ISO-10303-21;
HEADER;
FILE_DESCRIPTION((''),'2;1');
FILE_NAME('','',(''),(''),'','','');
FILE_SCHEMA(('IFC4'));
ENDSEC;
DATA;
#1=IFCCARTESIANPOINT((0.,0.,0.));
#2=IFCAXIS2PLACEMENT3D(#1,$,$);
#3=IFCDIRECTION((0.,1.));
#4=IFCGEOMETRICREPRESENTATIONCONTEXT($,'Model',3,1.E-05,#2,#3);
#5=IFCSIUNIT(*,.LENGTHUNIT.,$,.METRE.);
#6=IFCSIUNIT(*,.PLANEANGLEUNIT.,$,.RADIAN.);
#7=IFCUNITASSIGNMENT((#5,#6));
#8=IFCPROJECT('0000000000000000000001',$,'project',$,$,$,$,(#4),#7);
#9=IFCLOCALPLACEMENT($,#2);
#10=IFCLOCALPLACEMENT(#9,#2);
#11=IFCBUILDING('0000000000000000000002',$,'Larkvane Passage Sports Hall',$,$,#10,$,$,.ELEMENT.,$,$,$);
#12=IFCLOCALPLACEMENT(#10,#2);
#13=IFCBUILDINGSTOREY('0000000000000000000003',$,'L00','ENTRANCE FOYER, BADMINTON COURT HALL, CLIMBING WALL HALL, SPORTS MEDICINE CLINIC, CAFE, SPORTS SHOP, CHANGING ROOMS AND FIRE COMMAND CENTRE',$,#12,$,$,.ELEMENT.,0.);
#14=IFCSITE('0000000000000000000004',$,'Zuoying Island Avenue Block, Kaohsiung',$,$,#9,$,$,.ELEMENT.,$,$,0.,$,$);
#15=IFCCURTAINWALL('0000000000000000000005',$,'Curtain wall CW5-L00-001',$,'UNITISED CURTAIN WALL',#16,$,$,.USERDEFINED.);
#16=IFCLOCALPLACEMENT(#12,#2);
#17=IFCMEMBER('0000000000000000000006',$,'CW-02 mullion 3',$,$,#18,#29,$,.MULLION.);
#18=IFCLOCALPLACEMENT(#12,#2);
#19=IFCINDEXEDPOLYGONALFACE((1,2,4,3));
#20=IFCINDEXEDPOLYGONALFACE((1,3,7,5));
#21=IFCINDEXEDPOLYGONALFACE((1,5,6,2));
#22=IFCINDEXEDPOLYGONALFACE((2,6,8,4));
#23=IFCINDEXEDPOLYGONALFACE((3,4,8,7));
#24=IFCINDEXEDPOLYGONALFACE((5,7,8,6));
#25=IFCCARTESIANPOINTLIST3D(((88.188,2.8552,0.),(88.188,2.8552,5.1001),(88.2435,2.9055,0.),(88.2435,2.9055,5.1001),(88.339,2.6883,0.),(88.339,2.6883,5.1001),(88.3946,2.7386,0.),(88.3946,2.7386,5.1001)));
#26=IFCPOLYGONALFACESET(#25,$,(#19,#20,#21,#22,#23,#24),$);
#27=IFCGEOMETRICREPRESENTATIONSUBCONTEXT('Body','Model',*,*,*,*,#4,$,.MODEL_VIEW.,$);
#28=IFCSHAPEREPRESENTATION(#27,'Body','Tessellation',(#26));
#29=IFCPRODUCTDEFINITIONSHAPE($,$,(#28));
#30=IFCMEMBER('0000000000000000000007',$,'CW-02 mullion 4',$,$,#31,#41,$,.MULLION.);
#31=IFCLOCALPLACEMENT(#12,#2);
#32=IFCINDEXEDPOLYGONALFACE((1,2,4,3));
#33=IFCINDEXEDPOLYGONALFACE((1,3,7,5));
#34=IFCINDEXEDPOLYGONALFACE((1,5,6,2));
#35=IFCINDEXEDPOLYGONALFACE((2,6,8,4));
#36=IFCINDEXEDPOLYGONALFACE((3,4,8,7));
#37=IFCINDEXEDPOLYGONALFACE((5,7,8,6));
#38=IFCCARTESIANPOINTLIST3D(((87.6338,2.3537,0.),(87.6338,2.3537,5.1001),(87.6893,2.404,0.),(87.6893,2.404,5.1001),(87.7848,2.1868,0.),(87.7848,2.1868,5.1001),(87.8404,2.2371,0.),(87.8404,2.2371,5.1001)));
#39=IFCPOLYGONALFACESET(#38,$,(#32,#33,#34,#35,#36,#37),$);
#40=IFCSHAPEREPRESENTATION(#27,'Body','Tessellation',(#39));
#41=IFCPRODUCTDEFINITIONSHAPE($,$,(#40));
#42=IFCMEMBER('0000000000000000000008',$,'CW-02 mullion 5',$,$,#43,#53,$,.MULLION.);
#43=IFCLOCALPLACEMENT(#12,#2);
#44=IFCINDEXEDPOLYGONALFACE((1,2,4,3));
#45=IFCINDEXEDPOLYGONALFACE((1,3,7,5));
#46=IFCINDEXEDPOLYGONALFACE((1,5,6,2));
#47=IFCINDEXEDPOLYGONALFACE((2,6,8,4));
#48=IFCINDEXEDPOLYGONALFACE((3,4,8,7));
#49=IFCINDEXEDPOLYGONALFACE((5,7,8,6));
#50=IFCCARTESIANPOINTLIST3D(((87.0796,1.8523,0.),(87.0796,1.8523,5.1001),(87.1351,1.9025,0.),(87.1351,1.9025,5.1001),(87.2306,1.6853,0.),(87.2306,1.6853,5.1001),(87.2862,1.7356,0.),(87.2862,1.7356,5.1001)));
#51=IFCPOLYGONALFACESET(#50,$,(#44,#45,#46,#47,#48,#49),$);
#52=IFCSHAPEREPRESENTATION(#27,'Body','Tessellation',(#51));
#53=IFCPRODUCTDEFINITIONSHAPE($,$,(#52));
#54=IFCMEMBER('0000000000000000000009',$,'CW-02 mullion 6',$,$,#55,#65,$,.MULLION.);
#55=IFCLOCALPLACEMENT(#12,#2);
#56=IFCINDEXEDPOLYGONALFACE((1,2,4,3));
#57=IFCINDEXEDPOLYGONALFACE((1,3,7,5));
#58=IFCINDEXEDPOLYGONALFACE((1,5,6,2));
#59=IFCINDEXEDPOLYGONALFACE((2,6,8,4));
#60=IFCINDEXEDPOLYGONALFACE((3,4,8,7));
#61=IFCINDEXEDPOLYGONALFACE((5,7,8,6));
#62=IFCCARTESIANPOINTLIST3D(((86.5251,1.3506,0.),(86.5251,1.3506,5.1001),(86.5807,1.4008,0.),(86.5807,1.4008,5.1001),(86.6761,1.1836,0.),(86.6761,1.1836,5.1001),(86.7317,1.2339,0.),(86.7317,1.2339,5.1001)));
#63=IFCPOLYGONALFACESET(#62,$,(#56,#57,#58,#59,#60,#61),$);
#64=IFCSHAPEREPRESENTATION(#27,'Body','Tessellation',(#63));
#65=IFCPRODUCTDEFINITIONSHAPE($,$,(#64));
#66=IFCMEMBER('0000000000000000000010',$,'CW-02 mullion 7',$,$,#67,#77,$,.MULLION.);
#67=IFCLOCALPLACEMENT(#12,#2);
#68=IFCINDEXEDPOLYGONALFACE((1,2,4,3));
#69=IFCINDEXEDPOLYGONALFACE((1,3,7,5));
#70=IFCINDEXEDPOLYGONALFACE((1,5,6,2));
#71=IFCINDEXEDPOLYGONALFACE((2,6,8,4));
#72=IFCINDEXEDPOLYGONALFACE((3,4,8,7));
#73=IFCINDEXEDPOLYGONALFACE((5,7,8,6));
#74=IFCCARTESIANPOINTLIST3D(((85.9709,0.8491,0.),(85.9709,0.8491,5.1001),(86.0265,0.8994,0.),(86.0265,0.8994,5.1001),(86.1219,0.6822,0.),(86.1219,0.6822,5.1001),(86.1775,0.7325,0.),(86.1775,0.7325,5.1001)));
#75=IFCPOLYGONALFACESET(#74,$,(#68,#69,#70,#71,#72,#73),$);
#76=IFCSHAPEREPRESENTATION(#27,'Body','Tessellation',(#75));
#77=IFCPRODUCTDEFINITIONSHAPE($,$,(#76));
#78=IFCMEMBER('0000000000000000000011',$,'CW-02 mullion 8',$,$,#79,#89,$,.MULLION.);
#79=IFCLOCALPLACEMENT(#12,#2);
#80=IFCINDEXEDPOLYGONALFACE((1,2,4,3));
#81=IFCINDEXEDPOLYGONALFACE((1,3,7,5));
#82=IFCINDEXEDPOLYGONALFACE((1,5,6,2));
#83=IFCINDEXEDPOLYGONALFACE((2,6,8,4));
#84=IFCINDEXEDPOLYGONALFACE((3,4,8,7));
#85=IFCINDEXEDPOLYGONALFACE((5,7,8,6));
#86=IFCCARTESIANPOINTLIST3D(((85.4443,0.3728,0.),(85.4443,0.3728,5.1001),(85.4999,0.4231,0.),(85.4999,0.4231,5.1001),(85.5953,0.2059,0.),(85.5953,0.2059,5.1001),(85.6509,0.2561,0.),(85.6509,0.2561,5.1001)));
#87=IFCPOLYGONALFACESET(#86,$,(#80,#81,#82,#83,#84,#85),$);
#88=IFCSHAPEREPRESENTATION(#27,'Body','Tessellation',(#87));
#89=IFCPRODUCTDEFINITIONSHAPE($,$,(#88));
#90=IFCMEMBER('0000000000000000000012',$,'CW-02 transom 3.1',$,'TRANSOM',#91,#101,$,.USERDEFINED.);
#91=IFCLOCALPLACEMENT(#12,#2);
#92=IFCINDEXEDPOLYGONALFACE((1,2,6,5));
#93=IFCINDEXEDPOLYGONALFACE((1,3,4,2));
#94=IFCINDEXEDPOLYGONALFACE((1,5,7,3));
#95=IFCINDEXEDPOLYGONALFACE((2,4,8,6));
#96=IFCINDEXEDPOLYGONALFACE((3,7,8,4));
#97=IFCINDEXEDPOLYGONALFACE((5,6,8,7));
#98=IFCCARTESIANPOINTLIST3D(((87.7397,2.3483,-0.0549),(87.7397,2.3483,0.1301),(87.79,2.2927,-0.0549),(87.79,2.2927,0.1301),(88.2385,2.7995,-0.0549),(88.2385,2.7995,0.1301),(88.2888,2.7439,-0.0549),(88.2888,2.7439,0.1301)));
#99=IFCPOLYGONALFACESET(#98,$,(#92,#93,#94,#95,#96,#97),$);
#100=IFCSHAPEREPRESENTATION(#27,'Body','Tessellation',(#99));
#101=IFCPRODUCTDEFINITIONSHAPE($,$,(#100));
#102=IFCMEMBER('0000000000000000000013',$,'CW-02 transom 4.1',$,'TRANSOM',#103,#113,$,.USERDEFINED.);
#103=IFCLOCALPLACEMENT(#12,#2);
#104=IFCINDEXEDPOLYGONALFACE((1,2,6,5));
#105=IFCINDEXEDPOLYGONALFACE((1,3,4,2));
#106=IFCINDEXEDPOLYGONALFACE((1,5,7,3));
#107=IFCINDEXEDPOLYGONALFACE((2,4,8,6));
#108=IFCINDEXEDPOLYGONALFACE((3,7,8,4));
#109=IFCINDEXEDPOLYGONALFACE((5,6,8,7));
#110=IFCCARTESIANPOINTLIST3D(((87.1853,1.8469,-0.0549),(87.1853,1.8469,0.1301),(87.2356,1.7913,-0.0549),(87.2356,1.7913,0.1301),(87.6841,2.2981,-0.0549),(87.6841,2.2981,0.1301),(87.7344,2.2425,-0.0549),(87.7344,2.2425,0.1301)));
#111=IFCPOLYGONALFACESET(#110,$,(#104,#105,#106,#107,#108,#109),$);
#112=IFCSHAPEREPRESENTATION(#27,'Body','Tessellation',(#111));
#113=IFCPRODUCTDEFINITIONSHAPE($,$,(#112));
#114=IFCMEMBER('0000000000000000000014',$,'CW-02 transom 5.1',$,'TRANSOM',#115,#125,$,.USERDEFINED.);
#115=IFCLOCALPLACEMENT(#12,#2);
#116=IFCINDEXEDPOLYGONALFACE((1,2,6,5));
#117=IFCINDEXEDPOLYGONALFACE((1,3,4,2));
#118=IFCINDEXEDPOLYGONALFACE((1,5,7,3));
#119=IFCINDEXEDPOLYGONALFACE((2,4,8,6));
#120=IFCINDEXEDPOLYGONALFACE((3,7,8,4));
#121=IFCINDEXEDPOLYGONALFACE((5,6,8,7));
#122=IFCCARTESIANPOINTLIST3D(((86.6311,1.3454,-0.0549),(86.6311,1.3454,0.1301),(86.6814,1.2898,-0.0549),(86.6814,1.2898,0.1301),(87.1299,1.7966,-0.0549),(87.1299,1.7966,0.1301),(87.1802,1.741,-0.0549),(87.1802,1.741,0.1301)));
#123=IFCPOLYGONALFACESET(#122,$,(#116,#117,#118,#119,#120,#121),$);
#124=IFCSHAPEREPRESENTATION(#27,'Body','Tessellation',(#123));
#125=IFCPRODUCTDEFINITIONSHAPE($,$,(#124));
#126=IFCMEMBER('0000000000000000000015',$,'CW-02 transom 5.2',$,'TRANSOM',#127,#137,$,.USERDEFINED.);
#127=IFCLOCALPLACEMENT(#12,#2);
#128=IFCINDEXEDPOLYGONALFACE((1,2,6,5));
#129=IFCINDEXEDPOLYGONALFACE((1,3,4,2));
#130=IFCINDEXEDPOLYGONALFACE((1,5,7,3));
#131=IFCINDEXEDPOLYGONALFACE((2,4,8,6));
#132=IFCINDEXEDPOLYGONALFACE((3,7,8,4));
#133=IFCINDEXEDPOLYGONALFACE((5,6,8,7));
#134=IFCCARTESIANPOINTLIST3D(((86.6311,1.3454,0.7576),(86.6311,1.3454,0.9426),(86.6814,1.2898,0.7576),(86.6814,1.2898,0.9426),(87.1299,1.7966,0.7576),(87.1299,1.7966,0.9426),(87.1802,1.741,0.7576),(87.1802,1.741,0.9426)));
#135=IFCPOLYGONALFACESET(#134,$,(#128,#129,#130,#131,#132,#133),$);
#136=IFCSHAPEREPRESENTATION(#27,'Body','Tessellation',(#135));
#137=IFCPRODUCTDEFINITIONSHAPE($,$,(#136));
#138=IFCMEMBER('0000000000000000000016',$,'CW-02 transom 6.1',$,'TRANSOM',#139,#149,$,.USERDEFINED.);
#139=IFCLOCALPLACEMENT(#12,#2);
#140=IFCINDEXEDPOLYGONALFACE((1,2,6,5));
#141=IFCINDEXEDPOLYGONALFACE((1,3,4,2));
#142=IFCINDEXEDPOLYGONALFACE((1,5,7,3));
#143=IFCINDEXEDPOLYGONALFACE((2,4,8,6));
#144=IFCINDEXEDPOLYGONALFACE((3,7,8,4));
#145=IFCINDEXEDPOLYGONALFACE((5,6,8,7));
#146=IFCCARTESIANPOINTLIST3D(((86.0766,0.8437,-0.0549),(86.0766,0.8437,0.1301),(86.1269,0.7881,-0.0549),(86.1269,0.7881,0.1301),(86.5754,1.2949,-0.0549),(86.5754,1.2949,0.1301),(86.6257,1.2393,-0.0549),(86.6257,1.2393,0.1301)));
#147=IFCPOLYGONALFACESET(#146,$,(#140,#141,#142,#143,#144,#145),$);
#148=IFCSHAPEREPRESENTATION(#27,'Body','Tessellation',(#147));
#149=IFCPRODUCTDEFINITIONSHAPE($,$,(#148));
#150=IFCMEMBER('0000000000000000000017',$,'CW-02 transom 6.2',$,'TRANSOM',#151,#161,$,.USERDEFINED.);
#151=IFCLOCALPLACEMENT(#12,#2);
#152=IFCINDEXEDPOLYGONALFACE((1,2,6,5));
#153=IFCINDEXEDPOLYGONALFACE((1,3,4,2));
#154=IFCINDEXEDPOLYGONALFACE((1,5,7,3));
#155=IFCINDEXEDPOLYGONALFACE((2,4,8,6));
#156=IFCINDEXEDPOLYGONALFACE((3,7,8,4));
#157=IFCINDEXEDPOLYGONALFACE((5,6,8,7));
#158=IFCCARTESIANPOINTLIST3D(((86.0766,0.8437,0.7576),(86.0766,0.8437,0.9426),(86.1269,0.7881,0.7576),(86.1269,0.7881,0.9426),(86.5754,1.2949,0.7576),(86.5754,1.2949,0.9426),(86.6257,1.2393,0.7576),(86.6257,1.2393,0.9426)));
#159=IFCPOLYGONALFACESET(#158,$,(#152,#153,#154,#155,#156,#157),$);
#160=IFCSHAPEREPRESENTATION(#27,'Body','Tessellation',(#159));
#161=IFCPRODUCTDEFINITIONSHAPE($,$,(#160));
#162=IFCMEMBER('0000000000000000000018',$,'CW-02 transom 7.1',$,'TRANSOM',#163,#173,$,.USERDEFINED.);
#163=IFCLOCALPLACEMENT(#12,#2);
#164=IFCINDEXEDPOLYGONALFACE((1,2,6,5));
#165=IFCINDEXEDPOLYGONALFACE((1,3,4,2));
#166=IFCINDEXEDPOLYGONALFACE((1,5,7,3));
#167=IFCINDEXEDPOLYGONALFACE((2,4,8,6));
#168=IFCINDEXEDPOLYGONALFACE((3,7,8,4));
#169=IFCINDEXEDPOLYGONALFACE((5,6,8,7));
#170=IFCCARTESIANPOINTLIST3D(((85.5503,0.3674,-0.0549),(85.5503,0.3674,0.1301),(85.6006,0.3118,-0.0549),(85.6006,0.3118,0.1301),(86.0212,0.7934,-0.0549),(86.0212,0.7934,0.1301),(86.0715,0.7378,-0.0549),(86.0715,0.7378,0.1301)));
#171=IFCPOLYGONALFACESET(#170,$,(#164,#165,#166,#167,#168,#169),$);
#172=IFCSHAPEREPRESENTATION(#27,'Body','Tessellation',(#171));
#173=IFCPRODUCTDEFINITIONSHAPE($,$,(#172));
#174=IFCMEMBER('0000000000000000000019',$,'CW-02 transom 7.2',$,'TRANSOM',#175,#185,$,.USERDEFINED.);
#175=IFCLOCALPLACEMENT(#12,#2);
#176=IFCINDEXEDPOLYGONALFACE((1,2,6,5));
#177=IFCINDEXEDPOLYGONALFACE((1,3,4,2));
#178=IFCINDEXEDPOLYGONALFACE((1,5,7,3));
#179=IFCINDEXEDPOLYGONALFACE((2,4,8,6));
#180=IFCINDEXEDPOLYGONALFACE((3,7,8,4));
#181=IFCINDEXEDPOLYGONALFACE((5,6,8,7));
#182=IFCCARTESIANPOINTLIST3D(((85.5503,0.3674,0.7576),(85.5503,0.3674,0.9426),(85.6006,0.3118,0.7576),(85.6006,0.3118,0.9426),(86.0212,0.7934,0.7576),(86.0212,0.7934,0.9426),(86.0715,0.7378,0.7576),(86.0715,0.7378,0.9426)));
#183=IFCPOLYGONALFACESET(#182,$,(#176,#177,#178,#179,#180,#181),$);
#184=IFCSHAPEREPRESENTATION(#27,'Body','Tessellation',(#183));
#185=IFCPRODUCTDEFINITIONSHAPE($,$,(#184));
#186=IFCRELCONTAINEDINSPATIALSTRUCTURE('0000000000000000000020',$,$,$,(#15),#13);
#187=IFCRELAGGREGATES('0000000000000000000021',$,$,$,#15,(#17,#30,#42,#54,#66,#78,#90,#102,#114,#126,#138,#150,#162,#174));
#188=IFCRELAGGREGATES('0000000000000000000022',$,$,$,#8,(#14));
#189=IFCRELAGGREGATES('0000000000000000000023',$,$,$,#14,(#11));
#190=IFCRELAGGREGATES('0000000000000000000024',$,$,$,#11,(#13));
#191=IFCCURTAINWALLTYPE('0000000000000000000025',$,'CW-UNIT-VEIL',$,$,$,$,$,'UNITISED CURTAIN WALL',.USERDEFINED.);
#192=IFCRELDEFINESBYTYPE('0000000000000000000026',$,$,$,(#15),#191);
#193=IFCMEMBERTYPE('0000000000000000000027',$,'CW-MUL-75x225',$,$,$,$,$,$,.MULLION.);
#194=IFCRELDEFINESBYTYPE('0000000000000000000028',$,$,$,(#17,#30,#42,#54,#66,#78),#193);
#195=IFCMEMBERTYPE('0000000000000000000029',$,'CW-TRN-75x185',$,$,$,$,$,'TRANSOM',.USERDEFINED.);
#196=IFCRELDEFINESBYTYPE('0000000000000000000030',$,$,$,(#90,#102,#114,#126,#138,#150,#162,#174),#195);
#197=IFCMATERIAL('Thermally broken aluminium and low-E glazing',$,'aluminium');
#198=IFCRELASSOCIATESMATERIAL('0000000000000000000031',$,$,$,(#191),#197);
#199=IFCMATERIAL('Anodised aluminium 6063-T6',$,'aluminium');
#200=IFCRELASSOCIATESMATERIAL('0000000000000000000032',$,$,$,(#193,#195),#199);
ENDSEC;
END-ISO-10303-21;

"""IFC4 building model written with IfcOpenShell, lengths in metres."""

from ifc_helpers import new_model, si_unit, direction, frame, origin, origin_2d, place, context, subcontext, project, spatial, rectangle, extrude, material, material_profile, profile_set, type_object, element, aggregate, save


model = new_model("IFC4")

# Units and contexts
model_context = context("Model", 3, precision=1e-05, world=origin(), true_north=direction((0.0, 1.0)))
body_context = subcontext(model_context, "Body", "Model", "MODEL_VIEW")
ifc_project = project(units=[si_unit("LENGTHUNIT", "METRE"), si_unit("PLANEANGLEUNIT", "RADIAN")], contexts=[model_context])

# Site, building, storey
site_placement = place(None, origin())
site = spatial("IfcSite", under=ifc_project, at=site_placement, Name="Zuoying Island Avenue Block, Kaohsiung", CompositionType="ELEMENT", RefElevation=0.0)
building_placement = place(site_placement, origin())
building = spatial("IfcBuilding", under=site, at=building_placement, Name="Larkvane Passage Sports Hall", CompositionType="ELEMENT")
storey_placement = place(building_placement, origin())
storey = spatial("IfcBuildingStorey", under=building, at=storey_placement, Name="L00", Description="ENTRANCE FOYER, BADMINTON COURT HALL, CLIMBING WALL HALL, SPORTS MEDICINE CLINIC, CAFE, SPORTS SHOP, CHANGING ROOMS AND FIRE COMMAND CENTRE", CompositionType="ELEMENT", Elevation=0.0)

# Curtain wall, members
ifc_material_1 = material(Name="Thermally broken aluminium and low-E glazing", Category="aluminium")
curtain_wall_type = type_object("IfcCurtainWallType", Name="CW-UNIT-VEIL", ElementType="UNITISED CURTAIN WALL", PredefinedType="USERDEFINED", material=ifc_material_1)
curtain_wall_placement = place(storey_placement, origin())
curtain_wall = element("IfcCurtainWall", 1, at=curtain_wall_placement, inside=storey, type_object=curtain_wall_type, Name="Curtain wall CW5-L00-001", ObjectType="UNITISED CURTAIN WALL", PredefinedType="USERDEFINED")
ifc_material_2 = material(Name="Anodised aluminium 6063-T6", Category="aluminium")
ifc_material_profile_1 = material_profile(ifc_material_2, rectangle(XDim=0.075, YDim=0.2251, at=origin_2d()), Name="ALU-MUL-75x225")
ifc_profile_set_1 = profile_set([ifc_material_profile_1], Name="Anodised aluminium 6063-T6")
member_type_1 = type_object("IfcMemberType", Name="CW-MUL-75x225", PredefinedType="MULLION", material=ifc_profile_set_1)
member_1_placement = place(storey_placement, frame((88.2913, 2.7969, 0.0), z_axis=(0.0, 0.0, 1.0), x_axis=(-0.741532, -0.670918, 0.0)))
member_1 = element("IfcMember", 2, at=member_1_placement, type_object=member_type_1, Name="CW-02 mullion 3", PredefinedType="MULLION", context=body_context, shape_type="SweptSolid", body=[
    extrude(rectangle(XDim=0.075, YDim=0.2251, at=origin_2d()), origin(), (0.0, 0.0, 1.0), 5.1001),
])
member_2_placement = place(storey_placement, frame((87.7371, 2.2954, 0.0), z_axis=(0.0, 0.0, 1.0), x_axis=(-0.741532, -0.670918, 0.0)))
member_2 = element("IfcMember", 3, at=member_2_placement, type_object=member_type_1, Name="CW-02 mullion 4", PredefinedType="MULLION", context=body_context, shape_type="SweptSolid", body=[
    extrude(rectangle(XDim=0.075, YDim=0.2251, at=origin_2d()), origin(), (0.0, 0.0, 1.0), 5.1001),
])
member_3_placement = place(storey_placement, frame((87.1829, 1.7939, 0.0), z_axis=(0.0, 0.0, 1.0), x_axis=(-0.741532, -0.670918, 0.0)))
member_3 = element("IfcMember", 4, at=member_3_placement, type_object=member_type_1, Name="CW-02 mullion 5", PredefinedType="MULLION", context=body_context, shape_type="SweptSolid", body=[
    extrude(rectangle(XDim=0.075, YDim=0.2251, at=origin_2d()), origin(), (0.0, 0.0, 1.0), 5.1001),
])
member_4_placement = place(storey_placement, frame((86.6284, 1.2922, 0.0), z_axis=(0.0, 0.0, 1.0), x_axis=(-0.741532, -0.670918, 0.0)))
member_4 = element("IfcMember", 5, at=member_4_placement, type_object=member_type_1, Name="CW-02 mullion 6", PredefinedType="MULLION", context=body_context, shape_type="SweptSolid", body=[
    extrude(rectangle(XDim=0.075, YDim=0.2251, at=origin_2d()), origin(), (0.0, 0.0, 1.0), 5.1001),
])
member_5_placement = place(storey_placement, frame((86.0742, 0.7908, 0.0), z_axis=(0.0, 0.0, 1.0), x_axis=(-0.741532, -0.670918, 0.0)))
member_5 = element("IfcMember", 6, at=member_5_placement, type_object=member_type_1, Name="CW-02 mullion 7", PredefinedType="MULLION", context=body_context, shape_type="SweptSolid", body=[
    extrude(rectangle(XDim=0.075, YDim=0.2251, at=origin_2d()), origin(), (0.0, 0.0, 1.0), 5.1001),
])
member_6_placement = place(storey_placement, frame((85.5476, 0.3145, 0.0), z_axis=(0.0, 0.0, 1.0), x_axis=(-0.741532, -0.670918, 0.0)))
member_6 = element("IfcMember", 7, at=member_6_placement, type_object=member_type_1, Name="CW-02 mullion 8", PredefinedType="MULLION", context=body_context, shape_type="SweptSolid", body=[
    extrude(rectangle(XDim=0.075, YDim=0.2251, at=origin_2d()), origin(), (0.0, 0.0, 1.0), 5.1001),
])
ifc_material_profile_2 = material_profile(ifc_material_2, rectangle(XDim=0.075, YDim=0.1851, at=origin_2d()), Name="ALU-TRN-75x185")
ifc_profile_set_2 = profile_set([ifc_material_profile_2], Name="Anodised aluminium 6063-T6")
member_type_2 = type_object("IfcMemberType", Name="CW-TRN-75x185", ElementType="TRANSOM", PredefinedType="USERDEFINED", material=ifc_profile_set_2)
member_7_placement = place(storey_placement, frame((88.2637, 2.7717, 0.0376), z_axis=(-0.741613, -0.670828, 0.0), x_axis=(0.670828, -0.741613, 0.0)))
member_7 = element("IfcMember", 8, at=member_7_placement, type_object=member_type_2, Name="CW-02 transom 3.1", ObjectType="TRANSOM", PredefinedType="USERDEFINED", context=body_context, shape_type="SweptSolid", body=[
    extrude(rectangle(XDim=0.075, YDim=0.1851, at=origin_2d()), origin(), (0.0, 0.0, 1.0), 0.6726),
])
member_8_placement = place(storey_placement, frame((87.7092, 2.2703, 0.0376), z_axis=(-0.741613, -0.670828, 0.0), x_axis=(0.670828, -0.741613, 0.0)))
member_8 = element("IfcMember", 9, at=member_8_placement, type_object=member_type_2, Name="CW-02 transom 4.1", ObjectType="TRANSOM", PredefinedType="USERDEFINED", context=body_context, shape_type="SweptSolid", body=[
    extrude(rectangle(XDim=0.075, YDim=0.1851, at=origin_2d()), origin(), (0.0, 0.0, 1.0), 0.6726),
])
member_9_placement = place(storey_placement, frame((87.155, 1.7688, 0.0376), z_axis=(-0.741613, -0.670828, 0.0), x_axis=(0.670828, -0.741613, 0.0)))
member_9 = element("IfcMember", 10, at=member_9_placement, type_object=member_type_2, Name="CW-02 transom 5.1", ObjectType="TRANSOM", PredefinedType="USERDEFINED", context=body_context, shape_type="SweptSolid", body=[
    extrude(rectangle(XDim=0.075, YDim=0.1851, at=origin_2d()), origin(), (0.0, 0.0, 1.0), 0.6726),
])
member_10_placement = place(storey_placement, frame((87.155, 1.7688, 0.8501), z_axis=(-0.741613, -0.670828, 0.0), x_axis=(0.670828, -0.741613, 0.0)))
member_10 = element("IfcMember", 11, at=member_10_placement, type_object=member_type_2, Name="CW-02 transom 5.2", ObjectType="TRANSOM", PredefinedType="USERDEFINED", context=body_context, shape_type="SweptSolid", body=[
    extrude(rectangle(XDim=0.075, YDim=0.1851, at=origin_2d()), origin(), (0.0, 0.0, 1.0), 0.6726),
])
member_11_placement = place(storey_placement, frame((86.6006, 1.2671, 0.0376), z_axis=(-0.741613, -0.670828, 0.0), x_axis=(0.670828, -0.741613, 0.0)))
member_11 = element("IfcMember", 12, at=member_11_placement, type_object=member_type_2, Name="CW-02 transom 6.1", ObjectType="TRANSOM", PredefinedType="USERDEFINED", context=body_context, shape_type="SweptSolid", body=[
    extrude(rectangle(XDim=0.075, YDim=0.1851, at=origin_2d()), origin(), (0.0, 0.0, 1.0), 0.6726),
])
member_12_placement = place(storey_placement, frame((86.6006, 1.2671, 0.8501), z_axis=(-0.741613, -0.670828, 0.0), x_axis=(0.670828, -0.741613, 0.0)))
member_12 = element("IfcMember", 13, at=member_12_placement, type_object=member_type_2, Name="CW-02 transom 6.2", ObjectType="TRANSOM", PredefinedType="USERDEFINED", context=body_context, shape_type="SweptSolid", body=[
    extrude(rectangle(XDim=0.075, YDim=0.1851, at=origin_2d()), origin(), (0.0, 0.0, 1.0), 0.6726),
])
member_13_placement = place(storey_placement, frame((86.0464, 0.7656, 0.0376), z_axis=(-0.74159, -0.670853, 0.0), x_axis=(0.670853, -0.74159, 0.0)))
member_13 = element("IfcMember", 14, at=member_13_placement, type_object=member_type_2, Name="CW-02 transom 7.1", ObjectType="TRANSOM", PredefinedType="USERDEFINED", context=body_context, shape_type="SweptSolid", body=[
    extrude(rectangle(XDim=0.075, YDim=0.1851, at=origin_2d()), origin(), (0.0, 0.0, 1.0), 0.635),
])
member_14_placement = place(storey_placement, frame((86.0464, 0.7656, 0.8501), z_axis=(-0.74159, -0.670853, 0.0), x_axis=(0.670853, -0.74159, 0.0)))
member_14 = element("IfcMember", 15, at=member_14_placement, type_object=member_type_2, Name="CW-02 transom 7.2", ObjectType="TRANSOM", PredefinedType="USERDEFINED", context=body_context, shape_type="SweptSolid", body=[
    extrude(rectangle(XDim=0.075, YDim=0.1851, at=origin_2d()), origin(), (0.0, 0.0, 1.0), 0.635),
])
aggregate(curtain_wall, [member_1, member_2, member_3, member_4, member_5, member_6, member_7, member_8, member_9, member_10, member_11, member_12, member_13, member_14])

save(model, "model.ifc")
